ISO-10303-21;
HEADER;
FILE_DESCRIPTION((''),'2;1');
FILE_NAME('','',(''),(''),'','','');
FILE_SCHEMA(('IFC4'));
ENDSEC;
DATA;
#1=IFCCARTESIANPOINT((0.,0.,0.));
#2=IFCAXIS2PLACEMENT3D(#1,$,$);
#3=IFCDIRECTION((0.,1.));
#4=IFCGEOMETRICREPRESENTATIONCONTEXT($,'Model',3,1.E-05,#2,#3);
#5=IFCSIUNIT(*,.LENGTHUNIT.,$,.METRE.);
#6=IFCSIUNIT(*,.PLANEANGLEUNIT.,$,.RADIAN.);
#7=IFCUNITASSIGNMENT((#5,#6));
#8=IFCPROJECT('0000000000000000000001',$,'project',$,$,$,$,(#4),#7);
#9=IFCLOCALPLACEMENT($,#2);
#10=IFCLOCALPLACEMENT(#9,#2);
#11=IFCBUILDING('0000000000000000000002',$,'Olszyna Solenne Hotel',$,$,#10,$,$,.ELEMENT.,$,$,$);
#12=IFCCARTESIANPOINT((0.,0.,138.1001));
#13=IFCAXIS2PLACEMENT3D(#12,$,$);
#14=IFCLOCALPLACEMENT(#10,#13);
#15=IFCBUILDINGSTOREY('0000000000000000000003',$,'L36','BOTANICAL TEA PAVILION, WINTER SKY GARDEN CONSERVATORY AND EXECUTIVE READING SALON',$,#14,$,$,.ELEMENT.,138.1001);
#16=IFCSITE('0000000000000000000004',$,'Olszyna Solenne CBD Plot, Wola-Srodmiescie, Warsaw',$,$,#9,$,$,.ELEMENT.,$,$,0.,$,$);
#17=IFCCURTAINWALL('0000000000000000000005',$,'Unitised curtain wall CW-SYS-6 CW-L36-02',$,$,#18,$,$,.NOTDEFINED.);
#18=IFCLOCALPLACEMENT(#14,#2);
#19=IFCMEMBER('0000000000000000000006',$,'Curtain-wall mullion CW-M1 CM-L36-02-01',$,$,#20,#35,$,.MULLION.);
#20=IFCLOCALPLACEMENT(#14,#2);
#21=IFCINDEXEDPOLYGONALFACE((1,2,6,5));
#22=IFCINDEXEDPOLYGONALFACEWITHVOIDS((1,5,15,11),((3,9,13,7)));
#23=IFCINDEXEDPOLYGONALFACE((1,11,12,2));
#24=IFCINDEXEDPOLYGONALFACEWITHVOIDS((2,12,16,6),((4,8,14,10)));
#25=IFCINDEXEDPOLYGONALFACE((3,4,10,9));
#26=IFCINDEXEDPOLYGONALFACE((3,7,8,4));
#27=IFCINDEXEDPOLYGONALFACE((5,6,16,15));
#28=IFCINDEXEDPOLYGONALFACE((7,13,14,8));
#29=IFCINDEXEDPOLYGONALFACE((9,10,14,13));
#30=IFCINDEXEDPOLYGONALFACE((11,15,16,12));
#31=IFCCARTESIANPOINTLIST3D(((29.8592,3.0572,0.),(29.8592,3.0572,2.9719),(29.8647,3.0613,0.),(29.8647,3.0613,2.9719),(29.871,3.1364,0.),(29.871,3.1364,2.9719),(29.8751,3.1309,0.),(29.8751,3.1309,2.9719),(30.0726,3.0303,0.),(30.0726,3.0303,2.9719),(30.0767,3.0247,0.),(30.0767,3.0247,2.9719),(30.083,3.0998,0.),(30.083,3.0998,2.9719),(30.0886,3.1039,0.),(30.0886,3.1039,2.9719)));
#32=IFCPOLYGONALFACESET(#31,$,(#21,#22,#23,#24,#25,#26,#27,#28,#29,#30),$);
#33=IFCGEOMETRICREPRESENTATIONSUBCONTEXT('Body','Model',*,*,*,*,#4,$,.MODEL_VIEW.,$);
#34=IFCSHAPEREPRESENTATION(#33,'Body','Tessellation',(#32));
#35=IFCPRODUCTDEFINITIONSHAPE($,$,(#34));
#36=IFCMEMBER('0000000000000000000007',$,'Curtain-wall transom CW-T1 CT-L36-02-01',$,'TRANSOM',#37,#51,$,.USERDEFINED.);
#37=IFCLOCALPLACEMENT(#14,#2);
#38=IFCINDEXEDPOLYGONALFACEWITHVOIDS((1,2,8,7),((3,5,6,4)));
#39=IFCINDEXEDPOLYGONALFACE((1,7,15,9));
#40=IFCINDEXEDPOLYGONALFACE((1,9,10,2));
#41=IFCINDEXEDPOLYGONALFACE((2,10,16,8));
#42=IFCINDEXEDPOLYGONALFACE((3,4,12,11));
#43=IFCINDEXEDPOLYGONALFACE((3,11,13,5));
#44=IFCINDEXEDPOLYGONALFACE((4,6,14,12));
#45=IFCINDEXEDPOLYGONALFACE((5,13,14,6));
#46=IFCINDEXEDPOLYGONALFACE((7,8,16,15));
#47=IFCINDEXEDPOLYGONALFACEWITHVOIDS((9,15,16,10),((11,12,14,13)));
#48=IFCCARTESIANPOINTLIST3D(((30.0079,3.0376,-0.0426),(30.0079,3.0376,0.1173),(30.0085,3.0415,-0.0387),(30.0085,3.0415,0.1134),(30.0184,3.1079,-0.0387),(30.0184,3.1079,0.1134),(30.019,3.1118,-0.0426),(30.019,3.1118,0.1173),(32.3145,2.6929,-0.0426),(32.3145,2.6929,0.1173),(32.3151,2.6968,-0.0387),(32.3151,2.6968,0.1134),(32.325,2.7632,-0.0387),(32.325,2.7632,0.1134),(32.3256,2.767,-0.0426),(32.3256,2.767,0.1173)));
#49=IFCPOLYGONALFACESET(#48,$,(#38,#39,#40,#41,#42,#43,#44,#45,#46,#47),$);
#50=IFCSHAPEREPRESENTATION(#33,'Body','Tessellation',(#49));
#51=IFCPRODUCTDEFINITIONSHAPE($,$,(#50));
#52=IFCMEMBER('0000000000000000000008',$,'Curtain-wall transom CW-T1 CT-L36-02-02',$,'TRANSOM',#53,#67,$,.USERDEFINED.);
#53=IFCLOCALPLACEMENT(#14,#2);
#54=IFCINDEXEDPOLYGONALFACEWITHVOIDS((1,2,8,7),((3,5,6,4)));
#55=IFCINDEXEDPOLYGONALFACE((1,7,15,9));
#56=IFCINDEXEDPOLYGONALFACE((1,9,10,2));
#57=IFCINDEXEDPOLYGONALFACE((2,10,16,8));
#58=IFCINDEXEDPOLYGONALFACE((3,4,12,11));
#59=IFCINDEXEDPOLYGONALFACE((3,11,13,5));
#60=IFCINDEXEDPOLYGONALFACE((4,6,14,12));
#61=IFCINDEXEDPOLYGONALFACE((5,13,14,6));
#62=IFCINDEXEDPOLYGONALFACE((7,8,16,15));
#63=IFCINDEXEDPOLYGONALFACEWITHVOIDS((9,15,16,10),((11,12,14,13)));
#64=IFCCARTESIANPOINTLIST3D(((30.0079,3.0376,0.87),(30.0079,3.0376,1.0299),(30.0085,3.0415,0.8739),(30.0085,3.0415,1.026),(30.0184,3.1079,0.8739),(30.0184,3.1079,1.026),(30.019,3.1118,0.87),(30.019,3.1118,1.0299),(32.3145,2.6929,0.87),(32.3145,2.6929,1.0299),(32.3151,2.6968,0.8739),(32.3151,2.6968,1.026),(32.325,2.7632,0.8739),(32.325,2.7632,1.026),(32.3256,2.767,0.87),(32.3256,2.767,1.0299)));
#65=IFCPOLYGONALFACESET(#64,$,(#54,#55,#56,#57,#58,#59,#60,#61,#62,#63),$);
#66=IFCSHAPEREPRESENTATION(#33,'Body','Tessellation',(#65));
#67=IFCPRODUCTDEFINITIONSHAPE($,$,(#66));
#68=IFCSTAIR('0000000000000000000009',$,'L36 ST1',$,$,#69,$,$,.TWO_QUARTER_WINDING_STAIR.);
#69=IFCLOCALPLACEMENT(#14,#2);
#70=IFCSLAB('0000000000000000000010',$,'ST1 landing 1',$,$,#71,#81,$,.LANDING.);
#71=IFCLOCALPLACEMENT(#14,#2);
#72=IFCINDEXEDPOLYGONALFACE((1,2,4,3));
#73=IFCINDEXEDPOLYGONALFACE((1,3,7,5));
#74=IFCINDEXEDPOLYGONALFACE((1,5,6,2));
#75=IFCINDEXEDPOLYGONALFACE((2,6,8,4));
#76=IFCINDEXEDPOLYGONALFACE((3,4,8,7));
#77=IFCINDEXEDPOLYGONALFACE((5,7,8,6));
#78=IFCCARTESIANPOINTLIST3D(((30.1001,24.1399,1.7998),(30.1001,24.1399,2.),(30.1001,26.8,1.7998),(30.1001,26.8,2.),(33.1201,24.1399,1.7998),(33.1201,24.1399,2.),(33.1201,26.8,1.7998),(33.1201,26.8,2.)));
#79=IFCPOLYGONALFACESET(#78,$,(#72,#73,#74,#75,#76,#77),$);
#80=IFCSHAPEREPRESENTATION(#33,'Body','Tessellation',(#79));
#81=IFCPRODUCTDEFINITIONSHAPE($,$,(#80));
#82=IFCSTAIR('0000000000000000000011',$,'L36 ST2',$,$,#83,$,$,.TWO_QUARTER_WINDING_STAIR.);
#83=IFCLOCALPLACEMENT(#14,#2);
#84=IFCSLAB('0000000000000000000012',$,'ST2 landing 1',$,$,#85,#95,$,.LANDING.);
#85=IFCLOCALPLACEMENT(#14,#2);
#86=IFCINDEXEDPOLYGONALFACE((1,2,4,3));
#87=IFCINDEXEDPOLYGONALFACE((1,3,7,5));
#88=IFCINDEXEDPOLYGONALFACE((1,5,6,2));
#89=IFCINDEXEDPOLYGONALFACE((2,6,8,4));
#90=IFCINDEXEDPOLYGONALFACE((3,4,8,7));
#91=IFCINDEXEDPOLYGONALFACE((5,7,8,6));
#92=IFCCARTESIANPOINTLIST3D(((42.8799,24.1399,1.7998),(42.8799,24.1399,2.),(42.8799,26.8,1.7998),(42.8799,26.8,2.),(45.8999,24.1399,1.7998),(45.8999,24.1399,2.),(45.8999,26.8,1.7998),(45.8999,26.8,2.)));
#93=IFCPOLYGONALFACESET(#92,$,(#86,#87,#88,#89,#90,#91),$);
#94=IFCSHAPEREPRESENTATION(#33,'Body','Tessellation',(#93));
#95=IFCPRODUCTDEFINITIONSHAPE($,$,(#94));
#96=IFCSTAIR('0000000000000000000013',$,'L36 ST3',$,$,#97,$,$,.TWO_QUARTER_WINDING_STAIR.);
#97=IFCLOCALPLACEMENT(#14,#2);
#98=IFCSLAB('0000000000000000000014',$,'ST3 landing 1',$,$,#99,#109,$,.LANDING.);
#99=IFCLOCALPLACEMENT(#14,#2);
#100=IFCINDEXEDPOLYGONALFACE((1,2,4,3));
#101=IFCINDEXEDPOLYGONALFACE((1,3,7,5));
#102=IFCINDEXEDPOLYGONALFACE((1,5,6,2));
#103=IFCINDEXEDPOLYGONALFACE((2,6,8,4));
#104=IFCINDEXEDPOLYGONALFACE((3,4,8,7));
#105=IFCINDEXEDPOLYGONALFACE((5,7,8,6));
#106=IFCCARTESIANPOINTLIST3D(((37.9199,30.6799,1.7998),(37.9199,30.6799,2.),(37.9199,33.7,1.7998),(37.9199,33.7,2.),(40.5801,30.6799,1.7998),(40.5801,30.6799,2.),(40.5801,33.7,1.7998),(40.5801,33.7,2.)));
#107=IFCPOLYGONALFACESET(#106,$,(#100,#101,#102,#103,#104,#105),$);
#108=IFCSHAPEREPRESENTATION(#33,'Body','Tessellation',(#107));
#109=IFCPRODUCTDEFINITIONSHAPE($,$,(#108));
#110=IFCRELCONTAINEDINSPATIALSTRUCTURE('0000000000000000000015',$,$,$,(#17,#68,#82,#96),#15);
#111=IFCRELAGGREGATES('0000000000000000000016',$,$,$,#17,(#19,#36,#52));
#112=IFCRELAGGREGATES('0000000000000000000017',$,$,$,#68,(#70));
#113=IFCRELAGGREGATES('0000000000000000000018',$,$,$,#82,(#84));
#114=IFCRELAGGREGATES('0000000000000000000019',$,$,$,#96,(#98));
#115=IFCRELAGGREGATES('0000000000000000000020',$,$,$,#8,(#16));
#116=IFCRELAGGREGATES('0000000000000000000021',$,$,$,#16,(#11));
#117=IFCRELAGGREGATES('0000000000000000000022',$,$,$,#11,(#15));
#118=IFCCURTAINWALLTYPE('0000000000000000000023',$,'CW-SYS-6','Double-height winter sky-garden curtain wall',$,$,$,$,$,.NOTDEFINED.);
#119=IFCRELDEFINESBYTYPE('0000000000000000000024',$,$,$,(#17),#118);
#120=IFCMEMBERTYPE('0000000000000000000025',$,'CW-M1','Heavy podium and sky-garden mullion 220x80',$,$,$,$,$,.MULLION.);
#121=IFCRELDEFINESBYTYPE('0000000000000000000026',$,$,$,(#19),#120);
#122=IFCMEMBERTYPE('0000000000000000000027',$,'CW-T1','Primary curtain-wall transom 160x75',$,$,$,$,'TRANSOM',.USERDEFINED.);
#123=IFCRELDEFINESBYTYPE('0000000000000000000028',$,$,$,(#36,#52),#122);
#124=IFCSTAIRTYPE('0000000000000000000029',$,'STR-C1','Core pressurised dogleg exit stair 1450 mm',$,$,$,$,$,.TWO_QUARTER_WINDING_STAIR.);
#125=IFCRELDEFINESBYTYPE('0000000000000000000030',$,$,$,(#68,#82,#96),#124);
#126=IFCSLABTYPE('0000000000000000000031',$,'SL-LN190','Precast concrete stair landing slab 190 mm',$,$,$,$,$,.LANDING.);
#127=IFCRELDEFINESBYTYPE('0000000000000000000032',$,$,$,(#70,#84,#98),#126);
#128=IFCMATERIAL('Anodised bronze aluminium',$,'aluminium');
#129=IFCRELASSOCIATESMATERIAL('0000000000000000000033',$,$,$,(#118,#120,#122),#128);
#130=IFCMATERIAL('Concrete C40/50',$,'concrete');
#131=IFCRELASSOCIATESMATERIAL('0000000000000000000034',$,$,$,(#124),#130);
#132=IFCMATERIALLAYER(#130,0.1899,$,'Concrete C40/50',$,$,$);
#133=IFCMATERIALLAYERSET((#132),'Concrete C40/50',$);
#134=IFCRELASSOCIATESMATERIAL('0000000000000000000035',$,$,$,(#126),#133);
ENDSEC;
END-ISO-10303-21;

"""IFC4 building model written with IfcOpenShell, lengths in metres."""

from ifc_helpers import new_model, si_unit, direction, frame, origin, origin_2d, place, context, subcontext, project, spatial, polyline, hollow_rectangle, outline, extrude, source, transform, mapped, material, layer, layer_set, material_profile, profile_set, type_object, element, aggregate, save


model = new_model("IFC4")

# Units and contexts
model_context = context("Model", 3, precision=1e-05, world=origin(), true_north=direction((0.0, 1.0)))
body_context = subcontext(model_context, "Body", "Model", "MODEL_VIEW")
ifc_project = project(units=[si_unit("LENGTHUNIT", "METRE"), si_unit("PLANEANGLEUNIT", "RADIAN")], contexts=[model_context])

# Site, building, storey
site_placement = place(None, origin())
site = spatial("IfcSite", under=ifc_project, at=site_placement, Name="Olszyna Solenne CBD Plot, Wola-Srodmiescie, Warsaw", CompositionType="ELEMENT", RefElevation=0.0)
building_placement = place(site_placement, origin())
building = spatial("IfcBuilding", under=site, at=building_placement, Name="Olszyna Solenne Hotel", CompositionType="ELEMENT")
storey_placement = place(building_placement, frame((0.0, 0.0, 138.1001)))
storey = spatial("IfcBuildingStorey", under=building, at=storey_placement, Name="L36", Description="BOTANICAL TEA PAVILION, WINTER SKY GARDEN CONSERVATORY AND EXECUTIVE READING SALON", CompositionType="ELEMENT", Elevation=138.1001)

# Curtain wall, members
ifc_material_1 = material(Name="Anodised bronze aluminium", Category="aluminium")
curtain_wall_type = type_object("IfcCurtainWallType", Name="CW-SYS-6", Description="Double-height winter sky-garden curtain wall", PredefinedType="NOTDEFINED", material=ifc_material_1)
curtain_wall_placement = place(storey_placement, origin())
curtain_wall = element("IfcCurtainWall", 1, at=curtain_wall_placement, inside=storey, type_object=curtain_wall_type, Name="Unitised curtain wall CW-SYS-6 CW-L36-02", PredefinedType="NOTDEFINED")
ifc_material_profile_1 = material_profile(ifc_material_1, hollow_rectangle(XDim=0.0801, YDim=0.22, WallThickness=0.0049, at=origin_2d()), Name="MULL 220x80x5", Category="load-bearing")
ifc_profile_set_1 = profile_set([ifc_material_profile_1], Name="Anodised bronze aluminium")
member_type_1 = type_object("IfcMemberType", Name="CW-M1", Description="Heavy podium and sky-garden mullion 220x80", PredefinedType="MULLION", material=ifc_profile_set_1)
shared_shape_1 = source(origin(), body_context, "Body", "SweptSolid", [
    extrude(hollow_rectangle(XDim=0.0801, YDim=0.22, WallThickness=0.0049, at=origin_2d()), origin(), (0.0, 0.0, 1.0), 2.9719),
])
member_1_placement = place(storey_placement, frame((29.9739, 3.0806, 0.0), z_axis=(0.0, 0.0, 1.0), x_axis=(0.147795, 0.989018, 0.0)))
member_1 = element("IfcMember", 2, at=member_1_placement, type_object=member_type_1, Name="Curtain-wall mullion CW-M1 CM-L36-02-01", PredefinedType="MULLION", context=body_context, shape_type="MappedRepresentation", body=[
    mapped(shared_shape_1, transform((0.0, 0.0, 0.0), x_axis=(1.0, 0.0, 0.0), y_axis=(0.0, 1.0, 0.0), z_axis=(0.0, 0.0, 1.0), scale=1.0)),
])
ifc_material_profile_2 = material_profile(ifc_material_1, hollow_rectangle(XDim=0.075, YDim=0.1599, WallThickness=0.0039, at=origin_2d()), Name="TRAN 160x75x4", Category="load-bearing")
ifc_profile_set_2 = profile_set([ifc_material_profile_2], Name="Anodised bronze aluminium")
member_type_2 = type_object("IfcMemberType", Name="CW-T1", Description="Primary curtain-wall transom 160x75", ElementType="TRANSOM", PredefinedType="USERDEFINED", material=ifc_profile_set_2)
shared_shape_2 = source(origin(), body_context, "Body", "SweptSolid", [
    extrude(hollow_rectangle(XDim=0.075, YDim=0.1599, WallThickness=0.0039, at=origin_2d()), origin(), (0.0, 0.0, 1.0), 2.3323),
])
member_2_placement = place(storey_placement, frame((30.0134, 3.0747, 0.0374), z_axis=(0.989016, -0.147808, 0.0), x_axis=(0.147808, 0.989016, 0.0)))
member_2 = element("IfcMember", 3, at=member_2_placement, type_object=member_type_2, Name="Curtain-wall transom CW-T1 CT-L36-02-01", ObjectType="TRANSOM", PredefinedType="USERDEFINED", context=body_context, shape_type="MappedRepresentation", body=[
    mapped(shared_shape_2, transform((0.0, 0.0, 0.0), x_axis=(1.0, 0.0, 0.0), y_axis=(0.0, 1.0, 0.0), z_axis=(0.0, 0.0, 1.0), scale=1.0)),
])
member_3_placement = place(storey_placement, frame((30.0134, 3.0747, 0.95), z_axis=(0.989016, -0.147808, 0.0), x_axis=(0.147808, 0.989016, 0.0)))
member_3 = element("IfcMember", 4, at=member_3_placement, type_object=member_type_2, Name="Curtain-wall transom CW-T1 CT-L36-02-02", ObjectType="TRANSOM", PredefinedType="USERDEFINED", context=body_context, shape_type="MappedRepresentation", body=[
    mapped(shared_shape_2, transform((0.0, 0.0, 0.0), x_axis=(1.0, 0.0, 0.0), y_axis=(0.0, 1.0, 0.0), z_axis=(0.0, 0.0, 1.0), scale=1.0)),
])
aggregate(curtain_wall, [member_1, member_2, member_3])

# Stairs, slabs
ifc_material_2 = material(Name="Concrete C40/50", Category="concrete")
stair_type = type_object("IfcStairType", Name="STR-C1", Description="Core pressurised dogleg exit stair 1450 mm", PredefinedType="TWO_QUARTER_WINDING_STAIR", material=ifc_material_2)
stair_1_placement = place(storey_placement, origin())
stair_1 = element("IfcStair", 5, at=stair_1_placement, inside=storey, type_object=stair_type, Name="L36 ST1", PredefinedType="TWO_QUARTER_WINDING_STAIR")
ifc_layer_1 = layer(ifc_material_2, 0.1899, Name="Concrete C40/50")
ifc_layer_set_1 = layer_set([ifc_layer_1], Name="Concrete C40/50")
slab_type_1 = type_object("IfcSlabType", Name="SL-LN190", Description="Precast concrete stair landing slab 190 mm", PredefinedType="LANDING", material=ifc_layer_set_1)
slab_1_placement = place(storey_placement, frame((0.0, 0.0, 1.7998)))
slab_1 = element("IfcSlab", 6, at=slab_1_placement, type_object=slab_type_1, Name="ST1 landing 1", PredefinedType="LANDING", context=body_context, shape_type="SweptSolid", body=[
    extrude(outline(polyline([(33.1201, 24.1399), (33.1201, 26.8), (30.1001, 26.8), (30.1001, 24.1399), (33.1201, 24.1399)])), origin(), (0.0, 0.0, 1.0), 0.2002),
])
aggregate(stair_1, [slab_1])
stair_2_placement = place(storey_placement, origin())
stair_2 = element("IfcStair", 7, at=stair_2_placement, inside=storey, type_object=stair_type, Name="L36 ST2", PredefinedType="TWO_QUARTER_WINDING_STAIR")
slab_2_placement = place(storey_placement, frame((0.0, 0.0, 1.7998)))
slab_2 = element("IfcSlab", 8, at=slab_2_placement, type_object=slab_type_1, Name="ST2 landing 1", PredefinedType="LANDING", context=body_context, shape_type="SweptSolid", body=[
    extrude(outline(polyline([(45.8999, 24.1399), (45.8999, 26.8), (42.8799, 26.8), (42.8799, 24.1399), (45.8999, 24.1399)])), origin(), (0.0, 0.0, 1.0), 0.2002),
])
aggregate(stair_2, [slab_2])
stair_3_placement = place(storey_placement, origin())
stair_3 = element("IfcStair", 9, at=stair_3_placement, inside=storey, type_object=stair_type, Name="L36 ST3", PredefinedType="TWO_QUARTER_WINDING_STAIR")
slab_3_placement = place(storey_placement, frame((0.0, 0.0, 1.7998)))
slab_3 = element("IfcSlab", 10, at=slab_3_placement, type_object=slab_type_1, Name="ST3 landing 1", PredefinedType="LANDING", context=body_context, shape_type="SweptSolid", body=[
    extrude(outline(polyline([(37.9199, 30.6799), (40.5801, 30.6799), (40.5801, 33.7), (37.9199, 33.7), (37.9199, 30.6799)])), origin(), (0.0, 0.0, 1.0), 0.2002),
])
aggregate(stair_3, [slab_3])

save(model, "model.ifc")
